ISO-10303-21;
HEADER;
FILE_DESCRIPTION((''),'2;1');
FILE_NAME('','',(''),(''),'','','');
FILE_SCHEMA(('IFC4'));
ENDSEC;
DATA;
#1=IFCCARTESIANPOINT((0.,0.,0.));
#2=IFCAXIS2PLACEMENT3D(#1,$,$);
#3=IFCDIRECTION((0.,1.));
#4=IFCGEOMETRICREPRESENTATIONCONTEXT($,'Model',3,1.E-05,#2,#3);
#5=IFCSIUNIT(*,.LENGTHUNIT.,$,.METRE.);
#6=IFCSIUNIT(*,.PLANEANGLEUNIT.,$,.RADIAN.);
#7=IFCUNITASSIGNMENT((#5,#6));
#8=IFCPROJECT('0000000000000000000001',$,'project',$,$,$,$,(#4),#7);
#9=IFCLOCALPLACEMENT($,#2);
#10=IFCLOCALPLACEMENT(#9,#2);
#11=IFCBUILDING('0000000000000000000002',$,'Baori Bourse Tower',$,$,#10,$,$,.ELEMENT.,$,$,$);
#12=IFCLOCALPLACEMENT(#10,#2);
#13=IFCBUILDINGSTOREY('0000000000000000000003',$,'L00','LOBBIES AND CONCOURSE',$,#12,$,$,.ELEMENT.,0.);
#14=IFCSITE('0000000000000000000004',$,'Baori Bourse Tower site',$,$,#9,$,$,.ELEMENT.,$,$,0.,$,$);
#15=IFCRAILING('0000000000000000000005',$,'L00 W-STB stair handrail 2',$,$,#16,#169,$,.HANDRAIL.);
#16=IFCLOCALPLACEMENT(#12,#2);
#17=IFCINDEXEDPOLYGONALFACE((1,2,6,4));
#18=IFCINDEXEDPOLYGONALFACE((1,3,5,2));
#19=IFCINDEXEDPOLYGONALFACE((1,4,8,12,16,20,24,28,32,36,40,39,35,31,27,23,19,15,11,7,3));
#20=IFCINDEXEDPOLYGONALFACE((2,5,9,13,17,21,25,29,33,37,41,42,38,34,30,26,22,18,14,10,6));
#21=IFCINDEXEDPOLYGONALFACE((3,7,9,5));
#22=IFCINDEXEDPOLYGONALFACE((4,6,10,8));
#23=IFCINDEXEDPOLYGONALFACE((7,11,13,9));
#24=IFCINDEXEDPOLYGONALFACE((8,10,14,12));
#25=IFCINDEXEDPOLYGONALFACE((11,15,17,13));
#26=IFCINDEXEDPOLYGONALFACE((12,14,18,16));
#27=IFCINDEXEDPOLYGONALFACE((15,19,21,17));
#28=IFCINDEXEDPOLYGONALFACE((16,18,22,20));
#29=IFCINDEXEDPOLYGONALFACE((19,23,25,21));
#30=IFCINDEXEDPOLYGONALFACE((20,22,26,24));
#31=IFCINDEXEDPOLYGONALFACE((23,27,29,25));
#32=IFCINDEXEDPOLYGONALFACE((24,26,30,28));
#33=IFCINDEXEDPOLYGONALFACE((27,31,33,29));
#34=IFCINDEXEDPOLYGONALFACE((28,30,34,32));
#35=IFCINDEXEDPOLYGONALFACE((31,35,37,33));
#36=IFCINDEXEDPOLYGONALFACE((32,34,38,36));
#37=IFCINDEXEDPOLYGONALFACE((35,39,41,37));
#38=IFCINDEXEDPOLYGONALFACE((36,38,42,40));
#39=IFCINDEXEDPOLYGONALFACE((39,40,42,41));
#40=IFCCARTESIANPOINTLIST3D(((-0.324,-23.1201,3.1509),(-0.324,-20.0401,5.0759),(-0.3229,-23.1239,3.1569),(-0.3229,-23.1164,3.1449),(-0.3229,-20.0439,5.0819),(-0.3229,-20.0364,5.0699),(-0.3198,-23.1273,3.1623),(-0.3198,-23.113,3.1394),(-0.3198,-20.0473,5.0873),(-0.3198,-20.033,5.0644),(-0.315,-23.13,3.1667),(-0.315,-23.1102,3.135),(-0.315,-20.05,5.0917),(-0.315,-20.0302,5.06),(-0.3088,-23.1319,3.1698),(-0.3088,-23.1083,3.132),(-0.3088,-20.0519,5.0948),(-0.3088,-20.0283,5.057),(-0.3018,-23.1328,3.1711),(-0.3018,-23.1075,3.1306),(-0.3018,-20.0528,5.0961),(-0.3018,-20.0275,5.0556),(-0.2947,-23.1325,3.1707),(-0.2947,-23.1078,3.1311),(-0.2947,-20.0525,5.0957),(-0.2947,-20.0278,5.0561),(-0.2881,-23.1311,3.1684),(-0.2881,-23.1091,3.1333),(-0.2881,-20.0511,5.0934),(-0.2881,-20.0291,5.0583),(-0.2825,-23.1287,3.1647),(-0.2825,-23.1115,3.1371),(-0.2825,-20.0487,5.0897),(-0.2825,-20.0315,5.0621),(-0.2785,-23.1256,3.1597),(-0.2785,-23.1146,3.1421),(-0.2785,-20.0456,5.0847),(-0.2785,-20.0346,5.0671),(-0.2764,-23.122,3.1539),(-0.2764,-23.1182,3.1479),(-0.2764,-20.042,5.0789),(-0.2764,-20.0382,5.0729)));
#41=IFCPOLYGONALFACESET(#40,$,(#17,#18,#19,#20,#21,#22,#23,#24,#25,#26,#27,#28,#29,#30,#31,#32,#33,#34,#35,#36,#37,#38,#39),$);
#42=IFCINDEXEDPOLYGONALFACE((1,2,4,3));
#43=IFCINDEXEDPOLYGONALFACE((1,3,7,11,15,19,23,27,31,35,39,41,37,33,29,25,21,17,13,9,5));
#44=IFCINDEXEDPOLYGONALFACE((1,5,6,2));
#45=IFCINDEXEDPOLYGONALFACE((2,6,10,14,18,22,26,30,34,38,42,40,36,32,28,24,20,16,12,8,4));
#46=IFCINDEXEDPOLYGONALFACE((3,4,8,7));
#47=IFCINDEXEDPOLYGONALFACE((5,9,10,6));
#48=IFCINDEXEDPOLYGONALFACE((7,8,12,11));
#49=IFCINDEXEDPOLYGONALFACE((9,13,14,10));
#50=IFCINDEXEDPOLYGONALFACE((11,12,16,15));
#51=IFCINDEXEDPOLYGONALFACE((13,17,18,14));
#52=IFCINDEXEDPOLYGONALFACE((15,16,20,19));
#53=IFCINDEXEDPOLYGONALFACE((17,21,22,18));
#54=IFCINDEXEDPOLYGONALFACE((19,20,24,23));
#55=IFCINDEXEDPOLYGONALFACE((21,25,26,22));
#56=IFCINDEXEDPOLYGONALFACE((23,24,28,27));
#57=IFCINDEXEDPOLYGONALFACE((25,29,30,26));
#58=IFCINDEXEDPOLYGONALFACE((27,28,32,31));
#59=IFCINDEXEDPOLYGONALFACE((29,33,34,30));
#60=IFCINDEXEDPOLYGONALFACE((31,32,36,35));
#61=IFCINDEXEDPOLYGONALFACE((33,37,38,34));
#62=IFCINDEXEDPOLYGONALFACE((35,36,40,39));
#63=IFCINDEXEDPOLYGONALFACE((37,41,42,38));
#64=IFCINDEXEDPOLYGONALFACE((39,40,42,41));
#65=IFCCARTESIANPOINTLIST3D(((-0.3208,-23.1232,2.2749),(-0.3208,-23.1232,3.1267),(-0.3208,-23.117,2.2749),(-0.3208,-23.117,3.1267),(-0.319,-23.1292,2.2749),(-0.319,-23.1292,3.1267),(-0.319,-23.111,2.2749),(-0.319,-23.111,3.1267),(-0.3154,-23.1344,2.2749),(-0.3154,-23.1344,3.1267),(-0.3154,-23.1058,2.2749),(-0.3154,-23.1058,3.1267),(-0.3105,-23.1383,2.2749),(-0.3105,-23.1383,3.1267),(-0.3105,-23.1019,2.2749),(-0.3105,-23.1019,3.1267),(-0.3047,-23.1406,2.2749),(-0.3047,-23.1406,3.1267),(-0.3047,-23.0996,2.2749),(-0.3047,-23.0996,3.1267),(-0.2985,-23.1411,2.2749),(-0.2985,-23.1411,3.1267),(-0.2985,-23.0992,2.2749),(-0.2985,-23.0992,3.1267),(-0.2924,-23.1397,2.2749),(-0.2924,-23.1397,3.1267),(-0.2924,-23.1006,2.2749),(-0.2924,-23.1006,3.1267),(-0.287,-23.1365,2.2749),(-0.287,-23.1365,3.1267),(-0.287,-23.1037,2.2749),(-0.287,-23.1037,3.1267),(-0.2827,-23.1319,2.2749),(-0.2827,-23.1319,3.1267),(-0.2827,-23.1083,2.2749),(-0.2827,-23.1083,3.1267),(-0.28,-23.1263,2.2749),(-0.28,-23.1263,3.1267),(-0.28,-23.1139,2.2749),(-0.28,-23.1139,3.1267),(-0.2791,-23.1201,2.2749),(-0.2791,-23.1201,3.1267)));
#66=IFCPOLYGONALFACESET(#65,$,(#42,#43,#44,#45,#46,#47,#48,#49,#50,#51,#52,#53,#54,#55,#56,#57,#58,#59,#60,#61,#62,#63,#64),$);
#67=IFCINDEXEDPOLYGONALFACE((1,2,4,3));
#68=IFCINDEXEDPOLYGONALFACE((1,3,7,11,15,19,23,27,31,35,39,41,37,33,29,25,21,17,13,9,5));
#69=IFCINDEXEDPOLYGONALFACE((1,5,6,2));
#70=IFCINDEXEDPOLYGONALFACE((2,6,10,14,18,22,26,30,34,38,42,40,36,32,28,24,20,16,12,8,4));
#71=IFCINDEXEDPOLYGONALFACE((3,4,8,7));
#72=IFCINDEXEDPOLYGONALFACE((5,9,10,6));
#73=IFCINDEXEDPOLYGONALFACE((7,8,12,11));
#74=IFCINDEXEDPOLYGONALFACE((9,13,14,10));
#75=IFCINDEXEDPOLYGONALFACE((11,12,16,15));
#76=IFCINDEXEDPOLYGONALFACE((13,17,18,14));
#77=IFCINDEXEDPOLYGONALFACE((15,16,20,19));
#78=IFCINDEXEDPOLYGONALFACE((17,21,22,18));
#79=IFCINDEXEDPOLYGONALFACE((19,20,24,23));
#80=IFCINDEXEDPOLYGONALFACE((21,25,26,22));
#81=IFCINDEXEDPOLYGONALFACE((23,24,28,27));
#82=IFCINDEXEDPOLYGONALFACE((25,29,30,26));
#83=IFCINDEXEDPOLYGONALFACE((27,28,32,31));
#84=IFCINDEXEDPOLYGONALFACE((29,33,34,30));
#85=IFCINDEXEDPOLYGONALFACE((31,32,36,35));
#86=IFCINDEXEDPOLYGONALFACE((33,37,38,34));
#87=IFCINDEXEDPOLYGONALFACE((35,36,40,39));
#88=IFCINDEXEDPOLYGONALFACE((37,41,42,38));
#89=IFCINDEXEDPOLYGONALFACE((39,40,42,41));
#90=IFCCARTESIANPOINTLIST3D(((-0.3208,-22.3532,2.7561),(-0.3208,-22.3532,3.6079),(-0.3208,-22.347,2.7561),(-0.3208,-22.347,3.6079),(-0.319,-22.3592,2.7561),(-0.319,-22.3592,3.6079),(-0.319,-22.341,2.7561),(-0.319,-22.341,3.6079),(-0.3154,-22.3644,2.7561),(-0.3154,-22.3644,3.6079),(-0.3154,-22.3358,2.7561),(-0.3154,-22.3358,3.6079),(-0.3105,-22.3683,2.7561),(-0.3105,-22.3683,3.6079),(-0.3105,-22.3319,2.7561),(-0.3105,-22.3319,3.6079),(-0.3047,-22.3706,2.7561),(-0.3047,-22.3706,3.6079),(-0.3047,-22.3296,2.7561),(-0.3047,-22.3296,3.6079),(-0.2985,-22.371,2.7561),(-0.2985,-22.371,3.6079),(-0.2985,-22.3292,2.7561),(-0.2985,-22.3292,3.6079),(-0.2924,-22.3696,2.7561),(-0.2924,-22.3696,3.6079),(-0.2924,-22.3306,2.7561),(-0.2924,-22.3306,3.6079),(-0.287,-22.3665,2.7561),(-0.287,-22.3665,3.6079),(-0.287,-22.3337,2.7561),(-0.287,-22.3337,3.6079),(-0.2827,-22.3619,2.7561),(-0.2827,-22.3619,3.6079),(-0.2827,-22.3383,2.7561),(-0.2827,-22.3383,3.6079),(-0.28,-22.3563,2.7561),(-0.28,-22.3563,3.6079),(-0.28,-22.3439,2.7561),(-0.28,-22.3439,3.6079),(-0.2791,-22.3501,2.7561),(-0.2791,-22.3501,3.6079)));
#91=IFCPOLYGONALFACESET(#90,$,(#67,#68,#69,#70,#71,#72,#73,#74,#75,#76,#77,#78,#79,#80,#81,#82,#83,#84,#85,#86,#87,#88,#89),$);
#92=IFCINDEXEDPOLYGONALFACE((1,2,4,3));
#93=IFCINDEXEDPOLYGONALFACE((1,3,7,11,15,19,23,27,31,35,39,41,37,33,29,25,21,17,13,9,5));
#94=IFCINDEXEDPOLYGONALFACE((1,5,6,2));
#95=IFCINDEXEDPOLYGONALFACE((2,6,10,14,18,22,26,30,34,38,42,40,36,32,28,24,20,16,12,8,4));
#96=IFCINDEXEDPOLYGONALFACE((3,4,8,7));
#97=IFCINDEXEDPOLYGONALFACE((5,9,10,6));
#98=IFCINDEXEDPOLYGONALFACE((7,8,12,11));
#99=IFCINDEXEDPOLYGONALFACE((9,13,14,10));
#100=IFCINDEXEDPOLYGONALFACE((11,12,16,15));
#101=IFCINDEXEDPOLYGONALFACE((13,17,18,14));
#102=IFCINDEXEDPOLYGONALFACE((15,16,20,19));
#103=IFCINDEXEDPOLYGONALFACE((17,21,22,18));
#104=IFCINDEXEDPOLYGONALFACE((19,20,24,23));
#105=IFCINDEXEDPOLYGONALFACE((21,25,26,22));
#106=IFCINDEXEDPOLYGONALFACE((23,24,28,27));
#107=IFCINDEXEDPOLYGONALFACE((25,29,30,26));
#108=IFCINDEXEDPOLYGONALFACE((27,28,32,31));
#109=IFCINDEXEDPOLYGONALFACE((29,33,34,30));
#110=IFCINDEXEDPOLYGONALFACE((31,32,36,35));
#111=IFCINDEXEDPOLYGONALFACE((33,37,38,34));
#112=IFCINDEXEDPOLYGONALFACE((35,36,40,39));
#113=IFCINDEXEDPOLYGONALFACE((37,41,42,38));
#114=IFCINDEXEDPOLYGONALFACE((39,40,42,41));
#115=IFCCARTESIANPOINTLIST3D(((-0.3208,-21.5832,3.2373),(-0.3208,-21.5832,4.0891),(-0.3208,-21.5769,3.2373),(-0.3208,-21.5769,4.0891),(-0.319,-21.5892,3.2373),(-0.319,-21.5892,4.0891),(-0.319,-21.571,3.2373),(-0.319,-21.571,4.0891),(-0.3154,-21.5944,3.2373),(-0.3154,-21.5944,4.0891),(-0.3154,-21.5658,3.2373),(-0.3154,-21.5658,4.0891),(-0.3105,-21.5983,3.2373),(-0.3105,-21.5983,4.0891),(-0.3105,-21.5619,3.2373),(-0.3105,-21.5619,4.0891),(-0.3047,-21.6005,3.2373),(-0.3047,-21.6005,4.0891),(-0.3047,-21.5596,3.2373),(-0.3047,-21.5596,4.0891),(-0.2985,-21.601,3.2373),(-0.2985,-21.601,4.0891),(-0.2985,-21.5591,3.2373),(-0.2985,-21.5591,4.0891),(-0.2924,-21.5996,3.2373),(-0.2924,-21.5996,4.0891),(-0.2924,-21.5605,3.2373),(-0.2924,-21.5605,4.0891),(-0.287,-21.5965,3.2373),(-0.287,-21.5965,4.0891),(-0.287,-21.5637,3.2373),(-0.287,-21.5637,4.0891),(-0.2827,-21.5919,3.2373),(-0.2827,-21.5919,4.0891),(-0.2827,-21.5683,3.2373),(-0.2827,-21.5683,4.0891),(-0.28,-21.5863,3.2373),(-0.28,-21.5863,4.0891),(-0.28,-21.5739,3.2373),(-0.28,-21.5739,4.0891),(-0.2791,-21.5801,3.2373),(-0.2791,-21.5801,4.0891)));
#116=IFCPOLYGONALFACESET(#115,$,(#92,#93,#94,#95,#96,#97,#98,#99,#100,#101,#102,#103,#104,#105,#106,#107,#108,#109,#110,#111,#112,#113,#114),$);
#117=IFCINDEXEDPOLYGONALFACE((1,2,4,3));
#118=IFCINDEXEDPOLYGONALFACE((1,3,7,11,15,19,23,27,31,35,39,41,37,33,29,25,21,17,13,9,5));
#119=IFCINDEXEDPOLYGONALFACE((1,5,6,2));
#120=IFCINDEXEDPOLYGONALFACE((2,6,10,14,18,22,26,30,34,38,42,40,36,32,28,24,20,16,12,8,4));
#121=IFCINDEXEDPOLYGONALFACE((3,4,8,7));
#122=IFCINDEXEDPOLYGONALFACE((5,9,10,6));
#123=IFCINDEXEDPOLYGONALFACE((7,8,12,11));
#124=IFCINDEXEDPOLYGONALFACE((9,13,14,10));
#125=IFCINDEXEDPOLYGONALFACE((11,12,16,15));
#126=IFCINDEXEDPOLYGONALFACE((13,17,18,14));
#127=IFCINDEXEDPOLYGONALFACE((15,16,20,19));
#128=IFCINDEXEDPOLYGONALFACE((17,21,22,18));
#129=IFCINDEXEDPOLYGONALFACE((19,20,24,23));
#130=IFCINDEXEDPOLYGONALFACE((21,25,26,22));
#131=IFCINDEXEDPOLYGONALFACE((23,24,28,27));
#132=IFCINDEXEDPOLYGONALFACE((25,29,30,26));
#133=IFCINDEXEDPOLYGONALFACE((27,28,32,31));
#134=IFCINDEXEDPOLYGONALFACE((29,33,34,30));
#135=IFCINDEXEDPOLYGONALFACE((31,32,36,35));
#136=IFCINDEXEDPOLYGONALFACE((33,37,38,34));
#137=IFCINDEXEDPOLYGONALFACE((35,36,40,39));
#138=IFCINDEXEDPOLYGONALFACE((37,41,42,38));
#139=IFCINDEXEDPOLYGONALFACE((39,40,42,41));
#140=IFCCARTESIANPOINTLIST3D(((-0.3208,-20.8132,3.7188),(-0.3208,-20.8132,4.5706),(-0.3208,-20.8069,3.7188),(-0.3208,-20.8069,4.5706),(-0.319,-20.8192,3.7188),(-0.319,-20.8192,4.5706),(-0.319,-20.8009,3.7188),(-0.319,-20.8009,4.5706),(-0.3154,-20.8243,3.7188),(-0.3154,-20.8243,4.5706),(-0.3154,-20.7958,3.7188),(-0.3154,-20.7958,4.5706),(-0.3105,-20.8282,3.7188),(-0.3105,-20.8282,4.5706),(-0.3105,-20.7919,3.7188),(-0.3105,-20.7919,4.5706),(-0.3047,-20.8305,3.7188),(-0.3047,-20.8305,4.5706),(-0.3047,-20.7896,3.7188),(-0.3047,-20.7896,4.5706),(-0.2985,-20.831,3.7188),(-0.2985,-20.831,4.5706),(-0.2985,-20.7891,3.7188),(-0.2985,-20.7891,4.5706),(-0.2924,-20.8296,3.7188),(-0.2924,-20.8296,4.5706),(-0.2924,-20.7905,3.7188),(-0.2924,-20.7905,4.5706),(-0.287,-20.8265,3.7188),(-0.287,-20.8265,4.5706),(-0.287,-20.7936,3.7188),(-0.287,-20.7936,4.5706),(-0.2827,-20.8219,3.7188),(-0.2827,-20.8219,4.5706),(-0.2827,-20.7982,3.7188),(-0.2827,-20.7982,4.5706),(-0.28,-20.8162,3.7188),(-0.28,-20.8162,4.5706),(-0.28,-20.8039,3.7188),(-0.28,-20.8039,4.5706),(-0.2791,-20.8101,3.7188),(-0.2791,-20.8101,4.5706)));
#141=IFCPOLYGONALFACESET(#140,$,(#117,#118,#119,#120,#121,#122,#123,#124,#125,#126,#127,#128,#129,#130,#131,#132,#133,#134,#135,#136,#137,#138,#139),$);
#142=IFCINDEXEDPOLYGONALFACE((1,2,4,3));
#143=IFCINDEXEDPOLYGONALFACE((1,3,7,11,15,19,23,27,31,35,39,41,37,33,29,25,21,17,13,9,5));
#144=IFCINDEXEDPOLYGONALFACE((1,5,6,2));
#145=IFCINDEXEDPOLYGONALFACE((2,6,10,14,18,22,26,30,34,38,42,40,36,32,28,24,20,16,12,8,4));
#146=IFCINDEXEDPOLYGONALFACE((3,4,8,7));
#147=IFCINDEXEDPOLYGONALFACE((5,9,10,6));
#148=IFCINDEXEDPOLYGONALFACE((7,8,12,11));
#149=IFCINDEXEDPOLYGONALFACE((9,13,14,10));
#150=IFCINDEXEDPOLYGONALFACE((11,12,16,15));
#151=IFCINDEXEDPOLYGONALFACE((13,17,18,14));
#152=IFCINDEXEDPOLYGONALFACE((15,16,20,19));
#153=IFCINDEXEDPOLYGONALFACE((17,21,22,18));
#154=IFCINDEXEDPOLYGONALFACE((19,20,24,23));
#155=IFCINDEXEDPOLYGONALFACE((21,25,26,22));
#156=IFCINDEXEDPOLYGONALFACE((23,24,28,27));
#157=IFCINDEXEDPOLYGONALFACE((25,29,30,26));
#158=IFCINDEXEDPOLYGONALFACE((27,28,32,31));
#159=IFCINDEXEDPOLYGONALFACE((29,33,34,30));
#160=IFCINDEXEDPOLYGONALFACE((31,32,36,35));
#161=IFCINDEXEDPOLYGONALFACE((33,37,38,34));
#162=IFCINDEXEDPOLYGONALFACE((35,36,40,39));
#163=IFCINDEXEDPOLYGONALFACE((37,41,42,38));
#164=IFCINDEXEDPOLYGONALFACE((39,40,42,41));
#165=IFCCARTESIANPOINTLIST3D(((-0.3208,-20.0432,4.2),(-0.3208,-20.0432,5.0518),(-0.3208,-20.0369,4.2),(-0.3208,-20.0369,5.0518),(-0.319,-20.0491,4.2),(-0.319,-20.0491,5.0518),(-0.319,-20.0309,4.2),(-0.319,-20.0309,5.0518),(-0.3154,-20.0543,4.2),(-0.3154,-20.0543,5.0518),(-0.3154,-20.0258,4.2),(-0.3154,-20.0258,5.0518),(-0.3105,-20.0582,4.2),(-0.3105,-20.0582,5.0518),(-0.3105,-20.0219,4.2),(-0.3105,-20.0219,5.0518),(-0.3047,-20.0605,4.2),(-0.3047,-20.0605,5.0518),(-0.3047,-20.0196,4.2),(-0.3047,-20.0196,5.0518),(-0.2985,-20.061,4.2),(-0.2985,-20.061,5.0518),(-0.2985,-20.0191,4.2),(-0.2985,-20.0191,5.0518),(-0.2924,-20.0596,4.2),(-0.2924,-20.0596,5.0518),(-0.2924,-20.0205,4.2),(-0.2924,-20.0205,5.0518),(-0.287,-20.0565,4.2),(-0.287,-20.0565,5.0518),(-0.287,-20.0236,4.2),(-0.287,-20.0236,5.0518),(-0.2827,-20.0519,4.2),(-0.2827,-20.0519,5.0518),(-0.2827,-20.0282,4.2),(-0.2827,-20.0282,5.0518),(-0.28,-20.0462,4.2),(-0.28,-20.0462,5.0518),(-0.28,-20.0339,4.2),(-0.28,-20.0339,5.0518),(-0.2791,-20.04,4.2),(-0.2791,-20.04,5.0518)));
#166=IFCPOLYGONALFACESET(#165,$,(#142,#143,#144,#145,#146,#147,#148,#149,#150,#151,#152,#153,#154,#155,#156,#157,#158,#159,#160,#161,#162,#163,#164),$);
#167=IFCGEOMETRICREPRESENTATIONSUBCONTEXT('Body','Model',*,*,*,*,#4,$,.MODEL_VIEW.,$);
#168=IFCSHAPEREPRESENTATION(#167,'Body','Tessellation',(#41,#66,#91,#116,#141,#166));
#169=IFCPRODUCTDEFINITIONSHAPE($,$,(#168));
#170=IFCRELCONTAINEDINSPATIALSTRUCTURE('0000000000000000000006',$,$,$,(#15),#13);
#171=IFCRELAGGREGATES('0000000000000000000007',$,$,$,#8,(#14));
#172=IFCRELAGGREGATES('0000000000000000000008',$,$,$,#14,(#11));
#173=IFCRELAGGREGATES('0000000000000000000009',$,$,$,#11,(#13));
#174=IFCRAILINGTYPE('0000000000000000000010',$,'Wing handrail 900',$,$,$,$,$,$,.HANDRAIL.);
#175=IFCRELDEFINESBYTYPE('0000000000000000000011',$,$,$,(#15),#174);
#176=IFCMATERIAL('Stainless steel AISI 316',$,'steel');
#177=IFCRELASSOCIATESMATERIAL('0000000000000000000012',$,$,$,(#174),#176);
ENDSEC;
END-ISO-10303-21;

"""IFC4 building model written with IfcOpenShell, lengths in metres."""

from ifc_helpers import new_model, si_unit, direction, frame, origin, origin_2d, place, context, subcontext, project, spatial, circle, extrude, material, type_object, element, save


model = new_model("IFC4")

# Units and contexts
model_context = context("Model", 3, precision=1e-05, world=origin(), true_north=direction((0.0, 1.0)))
body_context = subcontext(model_context, "Body", "Model", "MODEL_VIEW")
ifc_project = project(units=[si_unit("LENGTHUNIT", "METRE"), si_unit("PLANEANGLEUNIT", "RADIAN")], contexts=[model_context])

# Site, building, storey
site_placement = place(None, origin())
site = spatial("IfcSite", under=ifc_project, at=site_placement, Name="Baori Bourse Tower site", CompositionType="ELEMENT", RefElevation=0.0)
building_placement = place(site_placement, origin())
building = spatial("IfcBuilding", under=site, at=building_placement, Name="Baori Bourse Tower", CompositionType="ELEMENT")
storey_placement = place(building_placement, origin())
storey = spatial("IfcBuildingStorey", under=building, at=storey_placement, Name="L00", Description="LOBBIES AND CONCOURSE", CompositionType="ELEMENT", Elevation=0.0)

# Railing
ifc_material_1 = material(Name="Stainless steel AISI 316", Category="steel")
railing_type = type_object("IfcRailingType", Name="Wing handrail 900", PredefinedType="HANDRAIL", material=ifc_material_1)
for number, where, name in (
    (1, (-0.3, -23.1201, 2.2749), "L00 W-STB stair handrail 2"),
):
    element("IfcRailing", number, at=place(storey_placement, frame(where)), inside=storey, type_object=railing_type, Name=name, PredefinedType="HANDRAIL", context=body_context, shape_type="SweptSolid", body=[
        extrude(circle(Radius=0.0239, at=origin_2d()), frame((0.0, 0.0, 0.876), z_axis=(0.0, 0.847998, 0.529999), x_axis=(-1.0, 0.0, 0.0)), (0.0, 0.0, 1.0), 3.6321),
        extrude(circle(Radius=0.021, at=origin_2d()), origin(), (0.0, 0.0, 1.0), 0.8518),
        extrude(circle(Radius=0.021, at=origin_2d()), frame((0.0, 0.77, 0.4812)), (0.0, 0.0, 1.0), 0.8518),
        extrude(circle(Radius=0.021, at=origin_2d()), frame((0.0, 1.54, 0.9624)), (0.0, 0.0, 1.0), 0.8518),
        extrude(circle(Radius=0.021, at=origin_2d()), frame((0.0, 2.3101, 1.4438)), (0.0, 0.0, 1.0), 0.8518),
        extrude(circle(Radius=0.021, at=origin_2d()), frame((0.0, 3.0801, 1.925)), (0.0, 0.0, 1.0), 0.8518),
    ])

save(model, "model.ifc")
